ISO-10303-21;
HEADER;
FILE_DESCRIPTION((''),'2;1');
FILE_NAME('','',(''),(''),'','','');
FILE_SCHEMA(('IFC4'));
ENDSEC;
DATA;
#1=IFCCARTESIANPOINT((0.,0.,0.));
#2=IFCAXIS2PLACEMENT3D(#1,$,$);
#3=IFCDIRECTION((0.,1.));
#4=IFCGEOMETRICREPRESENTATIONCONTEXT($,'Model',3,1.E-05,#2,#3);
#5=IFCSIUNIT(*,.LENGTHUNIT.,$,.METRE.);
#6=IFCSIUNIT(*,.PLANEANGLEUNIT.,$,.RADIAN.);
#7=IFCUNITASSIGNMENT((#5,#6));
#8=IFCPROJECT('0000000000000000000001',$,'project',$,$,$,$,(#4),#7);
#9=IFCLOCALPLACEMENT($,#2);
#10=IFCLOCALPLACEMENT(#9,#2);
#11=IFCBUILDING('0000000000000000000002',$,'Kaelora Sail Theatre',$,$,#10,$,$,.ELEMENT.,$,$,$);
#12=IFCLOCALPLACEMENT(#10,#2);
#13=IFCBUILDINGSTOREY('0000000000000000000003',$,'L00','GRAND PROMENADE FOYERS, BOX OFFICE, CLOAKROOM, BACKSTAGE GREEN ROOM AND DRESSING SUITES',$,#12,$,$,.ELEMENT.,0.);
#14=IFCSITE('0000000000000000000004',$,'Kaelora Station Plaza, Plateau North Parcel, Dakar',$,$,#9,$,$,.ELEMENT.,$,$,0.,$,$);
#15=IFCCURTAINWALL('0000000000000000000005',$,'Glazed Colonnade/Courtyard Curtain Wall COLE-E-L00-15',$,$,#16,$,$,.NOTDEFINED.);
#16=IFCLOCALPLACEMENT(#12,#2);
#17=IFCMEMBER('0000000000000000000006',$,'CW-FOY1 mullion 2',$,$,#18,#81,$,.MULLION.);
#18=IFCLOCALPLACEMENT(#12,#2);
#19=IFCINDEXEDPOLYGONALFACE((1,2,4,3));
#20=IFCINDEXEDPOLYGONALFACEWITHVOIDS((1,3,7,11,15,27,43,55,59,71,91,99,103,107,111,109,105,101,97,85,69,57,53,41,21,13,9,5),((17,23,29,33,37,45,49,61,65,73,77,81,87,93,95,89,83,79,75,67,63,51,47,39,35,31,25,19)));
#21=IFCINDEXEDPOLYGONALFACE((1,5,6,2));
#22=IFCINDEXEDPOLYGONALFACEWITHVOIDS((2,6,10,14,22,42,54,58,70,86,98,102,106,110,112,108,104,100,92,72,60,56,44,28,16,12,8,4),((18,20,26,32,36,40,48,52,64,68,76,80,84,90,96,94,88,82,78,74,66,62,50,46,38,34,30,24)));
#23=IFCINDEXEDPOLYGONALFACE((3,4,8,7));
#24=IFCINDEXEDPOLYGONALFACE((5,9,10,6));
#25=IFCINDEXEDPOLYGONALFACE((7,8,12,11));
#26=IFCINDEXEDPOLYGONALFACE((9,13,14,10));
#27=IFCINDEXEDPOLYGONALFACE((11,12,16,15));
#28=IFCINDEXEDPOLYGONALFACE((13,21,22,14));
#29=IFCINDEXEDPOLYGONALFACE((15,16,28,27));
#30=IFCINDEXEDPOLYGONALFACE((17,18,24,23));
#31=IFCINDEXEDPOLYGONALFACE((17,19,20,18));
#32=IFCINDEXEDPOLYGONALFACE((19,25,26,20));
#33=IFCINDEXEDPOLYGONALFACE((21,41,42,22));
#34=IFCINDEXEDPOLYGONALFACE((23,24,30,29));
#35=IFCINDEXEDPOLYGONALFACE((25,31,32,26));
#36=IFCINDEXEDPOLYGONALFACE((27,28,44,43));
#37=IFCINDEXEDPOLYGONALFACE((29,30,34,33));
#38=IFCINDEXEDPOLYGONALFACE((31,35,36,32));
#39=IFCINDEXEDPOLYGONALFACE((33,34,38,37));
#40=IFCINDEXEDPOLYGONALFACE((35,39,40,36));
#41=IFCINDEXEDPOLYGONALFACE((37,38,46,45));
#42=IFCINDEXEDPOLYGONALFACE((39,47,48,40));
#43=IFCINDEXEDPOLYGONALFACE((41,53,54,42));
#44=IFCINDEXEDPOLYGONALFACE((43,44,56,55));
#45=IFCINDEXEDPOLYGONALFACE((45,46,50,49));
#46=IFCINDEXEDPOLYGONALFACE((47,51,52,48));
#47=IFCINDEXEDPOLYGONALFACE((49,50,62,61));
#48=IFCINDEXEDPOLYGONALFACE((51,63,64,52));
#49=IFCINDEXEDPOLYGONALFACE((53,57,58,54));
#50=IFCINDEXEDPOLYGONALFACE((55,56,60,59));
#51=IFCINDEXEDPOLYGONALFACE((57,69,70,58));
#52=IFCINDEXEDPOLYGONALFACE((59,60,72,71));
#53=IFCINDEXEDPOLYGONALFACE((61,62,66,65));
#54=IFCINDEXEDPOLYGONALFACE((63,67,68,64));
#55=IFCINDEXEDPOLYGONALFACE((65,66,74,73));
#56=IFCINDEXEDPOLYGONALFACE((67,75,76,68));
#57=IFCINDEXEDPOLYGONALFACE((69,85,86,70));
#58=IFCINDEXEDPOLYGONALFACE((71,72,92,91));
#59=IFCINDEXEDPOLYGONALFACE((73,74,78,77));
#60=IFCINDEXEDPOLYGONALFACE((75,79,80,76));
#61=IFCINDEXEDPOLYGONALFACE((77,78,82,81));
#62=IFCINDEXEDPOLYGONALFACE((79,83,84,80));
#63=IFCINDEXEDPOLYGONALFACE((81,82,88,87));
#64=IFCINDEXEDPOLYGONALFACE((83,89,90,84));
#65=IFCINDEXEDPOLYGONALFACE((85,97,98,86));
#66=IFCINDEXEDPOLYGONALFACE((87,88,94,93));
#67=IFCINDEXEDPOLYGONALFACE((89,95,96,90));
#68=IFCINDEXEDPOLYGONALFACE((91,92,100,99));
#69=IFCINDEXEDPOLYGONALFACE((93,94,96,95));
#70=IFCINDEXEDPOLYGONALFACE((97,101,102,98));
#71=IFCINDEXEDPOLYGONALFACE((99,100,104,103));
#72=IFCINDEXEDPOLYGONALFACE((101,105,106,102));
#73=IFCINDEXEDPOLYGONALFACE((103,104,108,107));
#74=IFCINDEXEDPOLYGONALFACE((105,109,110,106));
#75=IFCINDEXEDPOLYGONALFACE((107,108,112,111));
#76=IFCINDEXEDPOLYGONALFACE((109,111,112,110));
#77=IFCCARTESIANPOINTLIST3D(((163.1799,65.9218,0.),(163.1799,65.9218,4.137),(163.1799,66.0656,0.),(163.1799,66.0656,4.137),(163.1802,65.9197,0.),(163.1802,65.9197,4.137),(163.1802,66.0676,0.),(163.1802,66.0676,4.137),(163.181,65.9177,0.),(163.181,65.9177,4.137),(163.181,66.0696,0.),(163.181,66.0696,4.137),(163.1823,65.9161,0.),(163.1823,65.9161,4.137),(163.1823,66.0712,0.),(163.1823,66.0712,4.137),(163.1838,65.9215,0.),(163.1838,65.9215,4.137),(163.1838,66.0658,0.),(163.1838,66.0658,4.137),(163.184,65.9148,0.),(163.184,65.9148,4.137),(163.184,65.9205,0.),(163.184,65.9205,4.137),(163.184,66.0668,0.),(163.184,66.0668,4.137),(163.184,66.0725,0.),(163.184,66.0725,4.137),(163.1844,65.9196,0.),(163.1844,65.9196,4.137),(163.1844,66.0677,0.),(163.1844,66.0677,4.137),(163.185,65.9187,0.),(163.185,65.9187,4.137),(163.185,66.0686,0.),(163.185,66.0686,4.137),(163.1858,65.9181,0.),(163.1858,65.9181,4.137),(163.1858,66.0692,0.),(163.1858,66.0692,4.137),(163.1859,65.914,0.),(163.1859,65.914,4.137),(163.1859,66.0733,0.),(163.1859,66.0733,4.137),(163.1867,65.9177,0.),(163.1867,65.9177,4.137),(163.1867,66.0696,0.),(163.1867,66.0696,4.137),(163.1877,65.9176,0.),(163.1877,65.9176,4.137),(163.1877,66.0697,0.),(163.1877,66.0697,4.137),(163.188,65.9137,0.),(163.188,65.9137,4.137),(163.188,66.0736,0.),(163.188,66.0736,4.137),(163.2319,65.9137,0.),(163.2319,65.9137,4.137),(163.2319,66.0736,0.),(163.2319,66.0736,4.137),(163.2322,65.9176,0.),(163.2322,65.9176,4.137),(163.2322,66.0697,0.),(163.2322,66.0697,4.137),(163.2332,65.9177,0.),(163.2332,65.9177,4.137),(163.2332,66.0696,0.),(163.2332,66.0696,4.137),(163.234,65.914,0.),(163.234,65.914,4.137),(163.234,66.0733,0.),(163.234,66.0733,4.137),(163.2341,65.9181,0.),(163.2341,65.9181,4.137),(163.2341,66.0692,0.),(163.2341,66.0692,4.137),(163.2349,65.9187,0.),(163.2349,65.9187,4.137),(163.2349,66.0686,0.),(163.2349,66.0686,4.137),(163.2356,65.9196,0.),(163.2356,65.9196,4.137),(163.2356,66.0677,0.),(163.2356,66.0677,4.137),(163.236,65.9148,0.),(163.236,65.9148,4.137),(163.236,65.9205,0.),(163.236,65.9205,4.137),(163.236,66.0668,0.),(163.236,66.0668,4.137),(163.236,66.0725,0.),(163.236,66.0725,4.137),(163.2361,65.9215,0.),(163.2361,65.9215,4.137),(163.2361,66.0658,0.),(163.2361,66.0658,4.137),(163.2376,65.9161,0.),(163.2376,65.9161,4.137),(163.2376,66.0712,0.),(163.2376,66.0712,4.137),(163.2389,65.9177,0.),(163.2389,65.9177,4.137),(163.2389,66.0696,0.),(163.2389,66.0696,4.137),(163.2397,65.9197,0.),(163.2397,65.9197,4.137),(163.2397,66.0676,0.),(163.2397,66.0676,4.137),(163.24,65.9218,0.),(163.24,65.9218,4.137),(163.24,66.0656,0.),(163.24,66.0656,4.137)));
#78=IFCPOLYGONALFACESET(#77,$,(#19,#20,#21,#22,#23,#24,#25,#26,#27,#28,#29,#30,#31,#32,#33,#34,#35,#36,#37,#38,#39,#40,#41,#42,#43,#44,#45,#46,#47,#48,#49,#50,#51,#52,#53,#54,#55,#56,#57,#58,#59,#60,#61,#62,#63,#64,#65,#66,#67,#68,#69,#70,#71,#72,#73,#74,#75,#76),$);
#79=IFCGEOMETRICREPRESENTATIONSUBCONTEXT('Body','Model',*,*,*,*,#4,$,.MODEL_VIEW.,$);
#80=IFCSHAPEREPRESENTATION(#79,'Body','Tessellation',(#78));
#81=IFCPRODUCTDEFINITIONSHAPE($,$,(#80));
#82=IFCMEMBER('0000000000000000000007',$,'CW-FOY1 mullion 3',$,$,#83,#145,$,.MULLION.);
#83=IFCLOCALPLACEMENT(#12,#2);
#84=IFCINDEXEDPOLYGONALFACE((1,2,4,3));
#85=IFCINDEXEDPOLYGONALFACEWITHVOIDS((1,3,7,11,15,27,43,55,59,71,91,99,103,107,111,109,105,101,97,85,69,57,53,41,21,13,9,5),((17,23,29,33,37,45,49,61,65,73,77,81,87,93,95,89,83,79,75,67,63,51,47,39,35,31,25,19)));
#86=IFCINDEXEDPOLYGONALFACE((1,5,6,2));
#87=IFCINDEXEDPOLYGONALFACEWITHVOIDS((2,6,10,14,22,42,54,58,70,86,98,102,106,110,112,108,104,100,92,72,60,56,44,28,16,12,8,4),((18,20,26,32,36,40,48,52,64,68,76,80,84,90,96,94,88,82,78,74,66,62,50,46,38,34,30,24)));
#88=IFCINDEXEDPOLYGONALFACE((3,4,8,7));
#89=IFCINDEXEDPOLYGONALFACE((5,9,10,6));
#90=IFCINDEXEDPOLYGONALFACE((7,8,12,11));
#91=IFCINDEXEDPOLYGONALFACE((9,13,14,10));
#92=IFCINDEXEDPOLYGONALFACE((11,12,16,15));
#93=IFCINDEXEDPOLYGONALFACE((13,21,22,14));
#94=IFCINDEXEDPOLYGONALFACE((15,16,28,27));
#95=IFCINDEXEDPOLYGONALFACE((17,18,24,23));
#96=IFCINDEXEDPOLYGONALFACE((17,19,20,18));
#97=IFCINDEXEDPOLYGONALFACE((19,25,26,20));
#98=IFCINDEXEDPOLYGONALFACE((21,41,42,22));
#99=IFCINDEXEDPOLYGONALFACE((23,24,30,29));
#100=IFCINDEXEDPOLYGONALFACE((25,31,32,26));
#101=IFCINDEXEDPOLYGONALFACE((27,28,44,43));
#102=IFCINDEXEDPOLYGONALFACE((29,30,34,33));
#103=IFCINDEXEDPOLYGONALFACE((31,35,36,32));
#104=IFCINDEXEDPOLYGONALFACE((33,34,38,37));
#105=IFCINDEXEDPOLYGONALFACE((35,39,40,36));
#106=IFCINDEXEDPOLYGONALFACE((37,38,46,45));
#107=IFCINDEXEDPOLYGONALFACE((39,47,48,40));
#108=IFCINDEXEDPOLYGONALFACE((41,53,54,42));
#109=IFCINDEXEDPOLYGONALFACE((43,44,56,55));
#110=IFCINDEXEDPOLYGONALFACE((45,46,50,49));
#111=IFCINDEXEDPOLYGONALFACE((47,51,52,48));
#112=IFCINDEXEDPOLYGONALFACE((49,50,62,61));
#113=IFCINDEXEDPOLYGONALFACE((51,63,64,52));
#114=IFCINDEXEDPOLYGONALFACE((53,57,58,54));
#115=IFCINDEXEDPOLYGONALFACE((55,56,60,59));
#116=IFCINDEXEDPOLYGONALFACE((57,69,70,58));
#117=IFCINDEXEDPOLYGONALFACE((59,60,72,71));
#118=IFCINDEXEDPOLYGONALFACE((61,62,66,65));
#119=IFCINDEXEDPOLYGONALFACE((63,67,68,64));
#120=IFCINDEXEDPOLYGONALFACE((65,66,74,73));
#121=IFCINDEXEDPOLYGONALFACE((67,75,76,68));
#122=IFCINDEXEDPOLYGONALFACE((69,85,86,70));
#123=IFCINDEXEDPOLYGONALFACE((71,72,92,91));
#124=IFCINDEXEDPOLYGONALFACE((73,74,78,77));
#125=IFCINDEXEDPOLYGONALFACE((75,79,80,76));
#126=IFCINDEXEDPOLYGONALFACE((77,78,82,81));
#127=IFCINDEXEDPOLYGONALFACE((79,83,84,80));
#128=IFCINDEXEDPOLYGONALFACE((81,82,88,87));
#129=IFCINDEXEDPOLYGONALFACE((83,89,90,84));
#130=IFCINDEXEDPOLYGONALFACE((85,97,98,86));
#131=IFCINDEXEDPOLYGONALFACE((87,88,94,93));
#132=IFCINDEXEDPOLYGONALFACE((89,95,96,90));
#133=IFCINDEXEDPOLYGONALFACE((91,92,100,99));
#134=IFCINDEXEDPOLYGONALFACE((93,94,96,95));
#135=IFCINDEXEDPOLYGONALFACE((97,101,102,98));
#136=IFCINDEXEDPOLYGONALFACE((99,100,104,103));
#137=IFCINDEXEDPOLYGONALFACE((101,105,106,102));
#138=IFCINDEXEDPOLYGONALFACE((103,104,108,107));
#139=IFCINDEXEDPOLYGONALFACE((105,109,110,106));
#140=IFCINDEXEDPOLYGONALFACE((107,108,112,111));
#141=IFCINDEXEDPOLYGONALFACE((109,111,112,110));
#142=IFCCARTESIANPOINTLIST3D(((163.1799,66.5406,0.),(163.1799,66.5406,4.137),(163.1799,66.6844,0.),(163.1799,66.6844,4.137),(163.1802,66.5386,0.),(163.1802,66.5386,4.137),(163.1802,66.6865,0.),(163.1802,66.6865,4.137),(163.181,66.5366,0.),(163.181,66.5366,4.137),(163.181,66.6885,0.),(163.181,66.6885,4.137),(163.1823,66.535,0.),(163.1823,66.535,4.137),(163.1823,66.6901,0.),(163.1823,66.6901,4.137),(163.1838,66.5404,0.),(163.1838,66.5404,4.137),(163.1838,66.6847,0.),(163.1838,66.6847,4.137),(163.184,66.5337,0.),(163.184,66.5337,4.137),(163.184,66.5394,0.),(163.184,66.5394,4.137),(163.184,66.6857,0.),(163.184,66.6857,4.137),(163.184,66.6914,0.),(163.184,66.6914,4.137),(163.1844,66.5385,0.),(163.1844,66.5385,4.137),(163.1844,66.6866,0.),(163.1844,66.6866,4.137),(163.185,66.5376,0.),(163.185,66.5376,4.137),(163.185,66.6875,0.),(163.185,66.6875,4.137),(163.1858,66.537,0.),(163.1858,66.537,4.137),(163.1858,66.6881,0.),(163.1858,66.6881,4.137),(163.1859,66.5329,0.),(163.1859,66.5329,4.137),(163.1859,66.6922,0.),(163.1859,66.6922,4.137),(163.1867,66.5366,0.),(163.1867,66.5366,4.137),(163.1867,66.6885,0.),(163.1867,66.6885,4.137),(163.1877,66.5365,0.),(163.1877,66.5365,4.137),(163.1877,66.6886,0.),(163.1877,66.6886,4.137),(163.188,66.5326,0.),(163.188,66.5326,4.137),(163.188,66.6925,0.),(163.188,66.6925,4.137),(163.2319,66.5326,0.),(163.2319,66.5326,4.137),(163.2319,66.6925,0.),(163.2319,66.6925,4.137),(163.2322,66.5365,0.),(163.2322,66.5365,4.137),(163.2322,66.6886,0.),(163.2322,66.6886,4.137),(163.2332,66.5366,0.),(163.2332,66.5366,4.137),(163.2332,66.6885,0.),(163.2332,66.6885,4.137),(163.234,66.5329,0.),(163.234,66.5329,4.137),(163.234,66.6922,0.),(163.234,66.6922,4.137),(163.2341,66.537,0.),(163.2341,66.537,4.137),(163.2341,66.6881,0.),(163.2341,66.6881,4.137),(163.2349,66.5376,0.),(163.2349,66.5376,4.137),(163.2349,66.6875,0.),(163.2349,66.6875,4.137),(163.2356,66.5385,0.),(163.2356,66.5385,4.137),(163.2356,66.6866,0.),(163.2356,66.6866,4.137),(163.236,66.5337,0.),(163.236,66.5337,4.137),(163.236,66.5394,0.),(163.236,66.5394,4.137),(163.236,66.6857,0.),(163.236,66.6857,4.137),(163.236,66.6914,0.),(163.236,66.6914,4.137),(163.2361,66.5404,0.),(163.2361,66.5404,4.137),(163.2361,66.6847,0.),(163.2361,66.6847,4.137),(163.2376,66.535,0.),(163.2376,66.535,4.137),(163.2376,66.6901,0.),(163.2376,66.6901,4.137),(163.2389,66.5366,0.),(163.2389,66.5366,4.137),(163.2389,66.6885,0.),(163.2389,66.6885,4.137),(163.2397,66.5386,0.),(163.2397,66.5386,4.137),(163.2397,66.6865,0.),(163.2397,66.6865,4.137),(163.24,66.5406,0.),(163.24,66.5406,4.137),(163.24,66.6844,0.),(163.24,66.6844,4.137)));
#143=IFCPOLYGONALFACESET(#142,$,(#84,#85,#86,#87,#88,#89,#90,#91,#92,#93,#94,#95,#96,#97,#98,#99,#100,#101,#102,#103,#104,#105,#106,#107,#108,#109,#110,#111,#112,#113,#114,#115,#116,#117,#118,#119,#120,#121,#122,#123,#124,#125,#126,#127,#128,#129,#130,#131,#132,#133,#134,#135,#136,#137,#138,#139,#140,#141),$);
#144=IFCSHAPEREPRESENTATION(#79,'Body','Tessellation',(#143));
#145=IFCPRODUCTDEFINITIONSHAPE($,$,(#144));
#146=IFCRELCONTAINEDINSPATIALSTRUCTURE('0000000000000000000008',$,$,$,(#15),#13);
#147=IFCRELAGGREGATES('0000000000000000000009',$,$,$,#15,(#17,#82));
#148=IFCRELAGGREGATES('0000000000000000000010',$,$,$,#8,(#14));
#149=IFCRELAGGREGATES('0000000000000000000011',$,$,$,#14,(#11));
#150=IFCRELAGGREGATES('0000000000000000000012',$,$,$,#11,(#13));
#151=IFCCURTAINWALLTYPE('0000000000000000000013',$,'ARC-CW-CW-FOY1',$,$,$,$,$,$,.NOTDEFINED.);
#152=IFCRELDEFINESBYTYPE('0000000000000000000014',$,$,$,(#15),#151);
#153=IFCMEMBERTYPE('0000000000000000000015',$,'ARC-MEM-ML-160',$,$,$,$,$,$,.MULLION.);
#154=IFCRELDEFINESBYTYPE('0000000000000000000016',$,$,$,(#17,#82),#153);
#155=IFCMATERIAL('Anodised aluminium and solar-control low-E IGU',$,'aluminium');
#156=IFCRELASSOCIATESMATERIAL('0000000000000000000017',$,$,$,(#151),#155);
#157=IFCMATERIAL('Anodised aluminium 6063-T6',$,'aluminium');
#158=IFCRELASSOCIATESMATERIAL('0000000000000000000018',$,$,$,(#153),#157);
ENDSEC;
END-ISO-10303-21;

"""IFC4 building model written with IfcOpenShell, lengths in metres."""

from ifc_helpers import new_model, si_unit, direction, frame, origin, origin_2d, place, context, subcontext, project, spatial, hollow_rectangle, extrude, material, material_profile, profile_set, type_object, element, aggregate, save


model = new_model("IFC4")

# Units and contexts
model_context = context("Model", 3, precision=1e-05, world=origin(), true_north=direction((0.0, 1.0)))
body_context = subcontext(model_context, "Body", "Model", "MODEL_VIEW")
ifc_project = project(units=[si_unit("LENGTHUNIT", "METRE"), si_unit("PLANEANGLEUNIT", "RADIAN")], contexts=[model_context])

# Site, building, storey
site_placement = place(None, origin())
site = spatial("IfcSite", under=ifc_project, at=site_placement, Name="Kaelora Station Plaza, Plateau North Parcel, Dakar", CompositionType="ELEMENT", RefElevation=0.0)
building_placement = place(site_placement, origin())
building = spatial("IfcBuilding", under=site, at=building_placement, Name="Kaelora Sail Theatre", CompositionType="ELEMENT")
storey_placement = place(building_placement, origin())
storey = spatial("IfcBuildingStorey", under=building, at=storey_placement, Name="L00", Description="GRAND PROMENADE FOYERS, BOX OFFICE, CLOAKROOM, BACKSTAGE GREEN ROOM AND DRESSING SUITES", CompositionType="ELEMENT", Elevation=0.0)

# Curtain wall, members
ifc_material_1 = material(Name="Anodised aluminium and solar-control low-E IGU", Category="aluminium")
curtain_wall_type = type_object("IfcCurtainWallType", Name="ARC-CW-CW-FOY1", PredefinedType="NOTDEFINED", material=ifc_material_1)
curtain_wall_placement = place(storey_placement, origin())
curtain_wall = element("IfcCurtainWall", 1, at=curtain_wall_placement, inside=storey, type_object=curtain_wall_type, Name="Glazed Colonnade/Courtyard Curtain Wall COLE-E-L00-15", PredefinedType="NOTDEFINED")
ifc_material_2 = material(Name="Anodised aluminium 6063-T6", Category="aluminium")
ifc_material_profile_1 = material_profile(ifc_material_2, hollow_rectangle(XDim=0.0601, YDim=0.1599, WallThickness=0.0039, InnerFilletRadius=0.0039, OuterFilletRadius=0.0081, at=origin_2d()), Name="ALU-MULL 60x160x4")
ifc_profile_set_1 = profile_set([ifc_material_profile_1], Name="Anodised aluminium 6063-T6")
member_type_1 = type_object("IfcMemberType", Name="ARC-MEM-ML-160", PredefinedType="MULLION", material=ifc_profile_set_1)
member_1_placement = place(storey_placement, frame((163.21, 65.9937, 0.0), z_axis=(0.0, 0.0, 1.0), x_axis=(-1.0, 0.0, 0.0)))
member_1 = element("IfcMember", 2, at=member_1_placement, type_object=member_type_1, Name="CW-FOY1 mullion 2", PredefinedType="MULLION", context=body_context, shape_type="SweptSolid", body=[
    extrude(hollow_rectangle(XDim=0.0601, YDim=0.1599, WallThickness=0.0039, InnerFilletRadius=0.0039, OuterFilletRadius=0.0081, at=origin_2d()), origin(), (0.0, 0.0, 1.0), 4.137),
])
member_2_placement = place(storey_placement, frame((163.21, 66.6125, 0.0), z_axis=(0.0, 0.0, 1.0), x_axis=(-1.0, 0.0, 0.0)))
member_2 = element("IfcMember", 3, at=member_2_placement, type_object=member_type_1, Name="CW-FOY1 mullion 3", PredefinedType="MULLION", context=body_context, shape_type="SweptSolid", body=[
    extrude(hollow_rectangle(XDim=0.0601, YDim=0.1599, WallThickness=0.0039, InnerFilletRadius=0.0039, OuterFilletRadius=0.0081, at=origin_2d()), origin(), (0.0, 0.0, 1.0), 4.137),
])
aggregate(curtain_wall, [member_1, member_2])

save(model, "model.ifc")
